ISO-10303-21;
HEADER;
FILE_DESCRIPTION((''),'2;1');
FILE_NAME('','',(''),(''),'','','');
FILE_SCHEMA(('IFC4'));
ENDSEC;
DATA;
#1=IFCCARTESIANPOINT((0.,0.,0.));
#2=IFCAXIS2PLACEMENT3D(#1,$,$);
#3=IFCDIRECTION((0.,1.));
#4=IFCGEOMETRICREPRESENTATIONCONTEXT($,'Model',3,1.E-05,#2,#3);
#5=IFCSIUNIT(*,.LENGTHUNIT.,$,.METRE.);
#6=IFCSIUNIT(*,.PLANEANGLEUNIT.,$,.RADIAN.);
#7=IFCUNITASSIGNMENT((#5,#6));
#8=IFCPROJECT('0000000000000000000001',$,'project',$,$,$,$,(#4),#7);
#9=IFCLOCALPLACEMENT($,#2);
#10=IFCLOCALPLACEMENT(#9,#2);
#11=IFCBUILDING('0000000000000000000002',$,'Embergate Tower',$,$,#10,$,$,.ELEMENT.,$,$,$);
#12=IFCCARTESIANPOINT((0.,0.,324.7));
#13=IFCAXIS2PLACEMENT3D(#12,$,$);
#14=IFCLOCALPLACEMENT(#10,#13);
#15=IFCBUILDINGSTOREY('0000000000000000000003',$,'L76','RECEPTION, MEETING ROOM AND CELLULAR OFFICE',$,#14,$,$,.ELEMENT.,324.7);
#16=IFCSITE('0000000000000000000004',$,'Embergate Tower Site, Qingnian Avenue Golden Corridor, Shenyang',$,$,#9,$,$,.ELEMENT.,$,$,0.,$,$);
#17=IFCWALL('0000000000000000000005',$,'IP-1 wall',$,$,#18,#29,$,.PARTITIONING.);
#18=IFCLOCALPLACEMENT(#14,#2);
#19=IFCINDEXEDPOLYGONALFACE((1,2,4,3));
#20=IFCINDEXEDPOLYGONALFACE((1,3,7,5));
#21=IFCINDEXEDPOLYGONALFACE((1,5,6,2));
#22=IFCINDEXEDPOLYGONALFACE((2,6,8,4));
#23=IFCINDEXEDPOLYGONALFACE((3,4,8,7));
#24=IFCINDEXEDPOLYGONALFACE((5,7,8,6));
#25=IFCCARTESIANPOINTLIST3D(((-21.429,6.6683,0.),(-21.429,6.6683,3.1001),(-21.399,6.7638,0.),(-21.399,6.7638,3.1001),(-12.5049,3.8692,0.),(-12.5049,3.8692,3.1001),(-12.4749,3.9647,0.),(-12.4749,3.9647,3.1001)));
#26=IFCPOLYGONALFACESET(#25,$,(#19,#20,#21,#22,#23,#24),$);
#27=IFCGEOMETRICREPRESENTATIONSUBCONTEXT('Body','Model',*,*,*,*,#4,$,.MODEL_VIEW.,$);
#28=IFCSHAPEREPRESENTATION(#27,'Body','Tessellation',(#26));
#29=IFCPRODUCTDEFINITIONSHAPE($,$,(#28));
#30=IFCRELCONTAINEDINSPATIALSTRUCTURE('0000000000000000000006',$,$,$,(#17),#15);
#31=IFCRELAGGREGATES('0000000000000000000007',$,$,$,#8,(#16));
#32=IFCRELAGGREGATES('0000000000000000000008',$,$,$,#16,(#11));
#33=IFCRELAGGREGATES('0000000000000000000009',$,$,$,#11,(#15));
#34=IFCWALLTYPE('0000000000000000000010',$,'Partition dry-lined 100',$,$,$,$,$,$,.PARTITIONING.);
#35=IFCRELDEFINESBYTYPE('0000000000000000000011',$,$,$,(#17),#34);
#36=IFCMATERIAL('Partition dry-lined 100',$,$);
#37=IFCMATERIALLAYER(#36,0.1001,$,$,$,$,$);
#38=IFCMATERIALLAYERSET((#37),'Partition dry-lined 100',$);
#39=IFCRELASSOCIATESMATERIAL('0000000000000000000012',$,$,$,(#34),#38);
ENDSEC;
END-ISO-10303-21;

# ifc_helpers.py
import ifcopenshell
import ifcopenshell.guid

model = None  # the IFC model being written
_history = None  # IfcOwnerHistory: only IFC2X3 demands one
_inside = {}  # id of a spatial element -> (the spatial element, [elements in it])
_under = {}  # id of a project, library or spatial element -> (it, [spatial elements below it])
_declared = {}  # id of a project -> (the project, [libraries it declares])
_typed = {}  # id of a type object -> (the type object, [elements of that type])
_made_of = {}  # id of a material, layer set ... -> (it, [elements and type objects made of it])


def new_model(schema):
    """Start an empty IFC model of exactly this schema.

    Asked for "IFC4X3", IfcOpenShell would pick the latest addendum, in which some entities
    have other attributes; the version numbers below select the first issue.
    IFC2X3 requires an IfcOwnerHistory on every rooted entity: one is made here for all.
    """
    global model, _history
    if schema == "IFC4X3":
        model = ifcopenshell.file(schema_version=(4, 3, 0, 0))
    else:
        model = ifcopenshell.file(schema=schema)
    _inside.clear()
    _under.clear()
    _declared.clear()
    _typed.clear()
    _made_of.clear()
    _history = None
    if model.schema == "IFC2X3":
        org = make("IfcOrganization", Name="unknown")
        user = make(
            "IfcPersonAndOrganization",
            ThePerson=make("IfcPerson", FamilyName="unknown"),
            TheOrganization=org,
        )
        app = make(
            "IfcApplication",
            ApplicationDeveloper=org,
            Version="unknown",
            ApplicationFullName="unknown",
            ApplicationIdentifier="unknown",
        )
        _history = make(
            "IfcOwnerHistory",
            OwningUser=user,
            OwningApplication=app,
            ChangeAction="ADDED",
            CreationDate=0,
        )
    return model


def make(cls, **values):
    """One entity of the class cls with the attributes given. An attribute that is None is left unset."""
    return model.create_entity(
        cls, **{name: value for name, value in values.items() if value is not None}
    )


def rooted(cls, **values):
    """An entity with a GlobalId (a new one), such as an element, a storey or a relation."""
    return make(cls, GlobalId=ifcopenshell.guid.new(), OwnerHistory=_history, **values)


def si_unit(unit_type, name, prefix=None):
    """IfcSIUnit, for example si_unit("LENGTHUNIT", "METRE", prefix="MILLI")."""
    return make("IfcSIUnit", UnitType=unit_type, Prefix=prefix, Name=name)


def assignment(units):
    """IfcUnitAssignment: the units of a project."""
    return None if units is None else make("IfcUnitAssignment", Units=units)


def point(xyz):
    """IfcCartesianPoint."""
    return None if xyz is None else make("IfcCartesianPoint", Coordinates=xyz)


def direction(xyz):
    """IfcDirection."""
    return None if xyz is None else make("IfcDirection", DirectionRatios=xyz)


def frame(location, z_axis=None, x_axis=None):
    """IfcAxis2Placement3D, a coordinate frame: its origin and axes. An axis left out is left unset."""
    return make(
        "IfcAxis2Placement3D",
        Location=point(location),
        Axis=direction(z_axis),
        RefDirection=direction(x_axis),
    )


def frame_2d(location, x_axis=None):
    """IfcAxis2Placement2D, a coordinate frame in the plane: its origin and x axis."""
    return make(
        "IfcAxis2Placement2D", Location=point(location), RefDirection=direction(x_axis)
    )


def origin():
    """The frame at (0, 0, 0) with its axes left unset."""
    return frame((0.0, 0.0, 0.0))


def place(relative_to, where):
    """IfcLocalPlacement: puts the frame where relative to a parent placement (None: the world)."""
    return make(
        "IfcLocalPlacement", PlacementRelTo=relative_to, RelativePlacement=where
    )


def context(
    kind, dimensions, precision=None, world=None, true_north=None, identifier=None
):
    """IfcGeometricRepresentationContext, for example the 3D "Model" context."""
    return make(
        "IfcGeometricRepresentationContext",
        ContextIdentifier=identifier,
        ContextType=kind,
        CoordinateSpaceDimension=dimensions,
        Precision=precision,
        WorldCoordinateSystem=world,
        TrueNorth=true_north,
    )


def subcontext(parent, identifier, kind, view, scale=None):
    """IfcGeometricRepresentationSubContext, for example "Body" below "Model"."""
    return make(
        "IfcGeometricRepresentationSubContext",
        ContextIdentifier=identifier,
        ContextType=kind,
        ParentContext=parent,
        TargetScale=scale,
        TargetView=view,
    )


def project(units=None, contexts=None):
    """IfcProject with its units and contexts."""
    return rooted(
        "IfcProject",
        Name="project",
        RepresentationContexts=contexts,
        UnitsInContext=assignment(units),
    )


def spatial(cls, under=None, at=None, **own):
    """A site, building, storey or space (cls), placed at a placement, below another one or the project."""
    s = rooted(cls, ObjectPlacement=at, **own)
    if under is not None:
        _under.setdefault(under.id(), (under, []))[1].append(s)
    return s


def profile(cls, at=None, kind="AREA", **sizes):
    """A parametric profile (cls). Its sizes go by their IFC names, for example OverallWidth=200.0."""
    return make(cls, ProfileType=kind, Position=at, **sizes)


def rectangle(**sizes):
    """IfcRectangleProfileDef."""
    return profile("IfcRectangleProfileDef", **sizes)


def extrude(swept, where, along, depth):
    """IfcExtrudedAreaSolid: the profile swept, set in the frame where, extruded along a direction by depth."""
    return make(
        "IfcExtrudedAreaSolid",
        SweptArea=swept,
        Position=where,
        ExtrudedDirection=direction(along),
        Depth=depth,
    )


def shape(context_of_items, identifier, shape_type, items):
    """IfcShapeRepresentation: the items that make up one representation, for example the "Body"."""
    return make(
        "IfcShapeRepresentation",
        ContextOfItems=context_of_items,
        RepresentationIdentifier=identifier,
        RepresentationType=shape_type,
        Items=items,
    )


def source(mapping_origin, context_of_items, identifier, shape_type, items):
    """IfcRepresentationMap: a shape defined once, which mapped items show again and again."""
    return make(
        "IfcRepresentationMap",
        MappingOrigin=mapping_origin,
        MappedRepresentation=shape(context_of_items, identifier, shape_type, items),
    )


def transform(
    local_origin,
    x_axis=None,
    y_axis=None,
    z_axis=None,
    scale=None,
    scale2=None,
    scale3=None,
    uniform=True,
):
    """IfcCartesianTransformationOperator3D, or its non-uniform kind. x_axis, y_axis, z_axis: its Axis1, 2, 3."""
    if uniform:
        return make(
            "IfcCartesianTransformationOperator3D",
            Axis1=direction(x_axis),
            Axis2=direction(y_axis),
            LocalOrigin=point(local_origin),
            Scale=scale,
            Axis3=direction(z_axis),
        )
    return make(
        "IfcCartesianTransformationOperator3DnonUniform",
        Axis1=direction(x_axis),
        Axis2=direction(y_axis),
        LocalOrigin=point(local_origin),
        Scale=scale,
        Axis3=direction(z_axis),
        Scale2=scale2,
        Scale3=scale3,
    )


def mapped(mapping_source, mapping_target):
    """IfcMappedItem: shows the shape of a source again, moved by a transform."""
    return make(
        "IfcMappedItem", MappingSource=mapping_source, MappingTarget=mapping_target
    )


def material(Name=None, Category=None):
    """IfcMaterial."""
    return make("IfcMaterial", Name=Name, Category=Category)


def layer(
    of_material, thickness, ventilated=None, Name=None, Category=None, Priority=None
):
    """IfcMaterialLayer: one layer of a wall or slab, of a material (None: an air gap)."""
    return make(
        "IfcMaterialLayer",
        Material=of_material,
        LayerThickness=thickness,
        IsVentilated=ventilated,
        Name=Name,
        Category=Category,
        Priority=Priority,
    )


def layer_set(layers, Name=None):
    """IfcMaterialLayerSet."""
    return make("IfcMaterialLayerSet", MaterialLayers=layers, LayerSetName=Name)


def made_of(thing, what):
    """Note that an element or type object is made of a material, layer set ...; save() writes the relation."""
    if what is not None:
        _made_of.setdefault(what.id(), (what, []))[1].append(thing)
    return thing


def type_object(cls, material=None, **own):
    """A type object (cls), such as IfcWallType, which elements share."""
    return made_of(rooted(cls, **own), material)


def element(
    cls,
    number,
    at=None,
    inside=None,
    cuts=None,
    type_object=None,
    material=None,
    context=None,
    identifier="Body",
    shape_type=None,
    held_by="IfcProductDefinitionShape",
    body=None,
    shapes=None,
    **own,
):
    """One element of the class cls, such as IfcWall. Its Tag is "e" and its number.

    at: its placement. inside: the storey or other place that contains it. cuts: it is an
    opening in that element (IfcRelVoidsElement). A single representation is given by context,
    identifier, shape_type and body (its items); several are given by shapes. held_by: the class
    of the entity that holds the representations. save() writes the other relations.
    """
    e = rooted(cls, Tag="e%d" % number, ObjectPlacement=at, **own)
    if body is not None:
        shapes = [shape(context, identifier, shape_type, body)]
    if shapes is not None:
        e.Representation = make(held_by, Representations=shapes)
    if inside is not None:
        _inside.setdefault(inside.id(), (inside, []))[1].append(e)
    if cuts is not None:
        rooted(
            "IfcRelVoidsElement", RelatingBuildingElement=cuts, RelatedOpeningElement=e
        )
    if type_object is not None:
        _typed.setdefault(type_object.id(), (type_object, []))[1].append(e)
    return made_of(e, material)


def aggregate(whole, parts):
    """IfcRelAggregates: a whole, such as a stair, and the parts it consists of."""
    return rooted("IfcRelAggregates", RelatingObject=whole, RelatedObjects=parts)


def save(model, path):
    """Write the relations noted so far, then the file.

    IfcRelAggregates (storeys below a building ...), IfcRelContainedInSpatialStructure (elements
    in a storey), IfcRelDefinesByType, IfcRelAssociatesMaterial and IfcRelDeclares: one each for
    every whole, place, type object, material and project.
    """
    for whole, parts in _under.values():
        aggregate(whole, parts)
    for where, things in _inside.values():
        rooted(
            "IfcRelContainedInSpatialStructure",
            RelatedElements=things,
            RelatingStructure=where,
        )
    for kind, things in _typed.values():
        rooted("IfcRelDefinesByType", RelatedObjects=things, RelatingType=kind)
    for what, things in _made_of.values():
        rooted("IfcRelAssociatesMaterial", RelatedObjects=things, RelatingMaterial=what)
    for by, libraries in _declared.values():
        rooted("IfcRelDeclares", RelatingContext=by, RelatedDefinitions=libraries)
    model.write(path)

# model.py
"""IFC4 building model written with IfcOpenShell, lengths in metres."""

from ifc_helpers import new_model, si_unit, direction, frame, frame_2d, origin, place, context, subcontext, project, spatial, rectangle, extrude, source, transform, mapped, material, layer, layer_set, type_object, element, save


model = new_model("IFC4")

# Units and contexts
model_context = context("Model", 3, precision=1e-05, world=origin(), true_north=direction((0.0, 1.0)))
body_context = subcontext(model_context, "Body", "Model", "MODEL_VIEW")
ifc_project = project(units=[si_unit("LENGTHUNIT", "METRE"), si_unit("PLANEANGLEUNIT", "RADIAN")], contexts=[model_context])

# Site, building, storey
site_placement = place(None, origin())
site = spatial("IfcSite", under=ifc_project, at=site_placement, Name="Embergate Tower Site, Qingnian Avenue Golden Corridor, Shenyang", CompositionType="ELEMENT", RefElevation=0.0)
building_placement = place(site_placement, origin())
building = spatial("IfcBuilding", under=site, at=building_placement, Name="Embergate Tower", CompositionType="ELEMENT")
storey_placement = place(building_placement, frame((0.0, 0.0, 324.7)))
storey = spatial("IfcBuildingStorey", under=building, at=storey_placement, Name="L76", Description="RECEPTION, MEETING ROOM AND CELLULAR OFFICE", CompositionType="ELEMENT", Elevation=324.7)

# Wall
ifc_material_1 = material(Name="Partition dry-lined 100")
ifc_layer_1 = layer(ifc_material_1, 0.1001)
ifc_layer_set_1 = layer_set([ifc_layer_1], Name="Partition dry-lined 100")
wall_type_1 = type_object("IfcWallType", Name="Partition dry-lined 100", PredefinedType="PARTITIONING", material=ifc_layer_set_1)
shared_shape_1 = source(origin(), body_context, "Body", "SweptSolid", [
    extrude(rectangle(XDim=9.3528, YDim=0.1001, at=frame_2d((4.6763, 0.0))), origin(), (0.0, 0.0, 1.0), 3.1001),
])
wall_1_placement = place(storey_placement, frame((-12.49, 3.917, 0.0), z_axis=(0.0, 0.0, 1.0), x_axis=(-0.954166, 0.299278, 0.0)))
element("IfcWall", 1, at=wall_1_placement, inside=storey, type_object=wall_type_1, Name="IP-1 wall", PredefinedType="PARTITIONING", context=body_context, shape_type="MappedRepresentation", body=[
    mapped(shared_shape_1, transform((0.0, 0.0, 0.0))),
])

save(model, "model.ifc")
